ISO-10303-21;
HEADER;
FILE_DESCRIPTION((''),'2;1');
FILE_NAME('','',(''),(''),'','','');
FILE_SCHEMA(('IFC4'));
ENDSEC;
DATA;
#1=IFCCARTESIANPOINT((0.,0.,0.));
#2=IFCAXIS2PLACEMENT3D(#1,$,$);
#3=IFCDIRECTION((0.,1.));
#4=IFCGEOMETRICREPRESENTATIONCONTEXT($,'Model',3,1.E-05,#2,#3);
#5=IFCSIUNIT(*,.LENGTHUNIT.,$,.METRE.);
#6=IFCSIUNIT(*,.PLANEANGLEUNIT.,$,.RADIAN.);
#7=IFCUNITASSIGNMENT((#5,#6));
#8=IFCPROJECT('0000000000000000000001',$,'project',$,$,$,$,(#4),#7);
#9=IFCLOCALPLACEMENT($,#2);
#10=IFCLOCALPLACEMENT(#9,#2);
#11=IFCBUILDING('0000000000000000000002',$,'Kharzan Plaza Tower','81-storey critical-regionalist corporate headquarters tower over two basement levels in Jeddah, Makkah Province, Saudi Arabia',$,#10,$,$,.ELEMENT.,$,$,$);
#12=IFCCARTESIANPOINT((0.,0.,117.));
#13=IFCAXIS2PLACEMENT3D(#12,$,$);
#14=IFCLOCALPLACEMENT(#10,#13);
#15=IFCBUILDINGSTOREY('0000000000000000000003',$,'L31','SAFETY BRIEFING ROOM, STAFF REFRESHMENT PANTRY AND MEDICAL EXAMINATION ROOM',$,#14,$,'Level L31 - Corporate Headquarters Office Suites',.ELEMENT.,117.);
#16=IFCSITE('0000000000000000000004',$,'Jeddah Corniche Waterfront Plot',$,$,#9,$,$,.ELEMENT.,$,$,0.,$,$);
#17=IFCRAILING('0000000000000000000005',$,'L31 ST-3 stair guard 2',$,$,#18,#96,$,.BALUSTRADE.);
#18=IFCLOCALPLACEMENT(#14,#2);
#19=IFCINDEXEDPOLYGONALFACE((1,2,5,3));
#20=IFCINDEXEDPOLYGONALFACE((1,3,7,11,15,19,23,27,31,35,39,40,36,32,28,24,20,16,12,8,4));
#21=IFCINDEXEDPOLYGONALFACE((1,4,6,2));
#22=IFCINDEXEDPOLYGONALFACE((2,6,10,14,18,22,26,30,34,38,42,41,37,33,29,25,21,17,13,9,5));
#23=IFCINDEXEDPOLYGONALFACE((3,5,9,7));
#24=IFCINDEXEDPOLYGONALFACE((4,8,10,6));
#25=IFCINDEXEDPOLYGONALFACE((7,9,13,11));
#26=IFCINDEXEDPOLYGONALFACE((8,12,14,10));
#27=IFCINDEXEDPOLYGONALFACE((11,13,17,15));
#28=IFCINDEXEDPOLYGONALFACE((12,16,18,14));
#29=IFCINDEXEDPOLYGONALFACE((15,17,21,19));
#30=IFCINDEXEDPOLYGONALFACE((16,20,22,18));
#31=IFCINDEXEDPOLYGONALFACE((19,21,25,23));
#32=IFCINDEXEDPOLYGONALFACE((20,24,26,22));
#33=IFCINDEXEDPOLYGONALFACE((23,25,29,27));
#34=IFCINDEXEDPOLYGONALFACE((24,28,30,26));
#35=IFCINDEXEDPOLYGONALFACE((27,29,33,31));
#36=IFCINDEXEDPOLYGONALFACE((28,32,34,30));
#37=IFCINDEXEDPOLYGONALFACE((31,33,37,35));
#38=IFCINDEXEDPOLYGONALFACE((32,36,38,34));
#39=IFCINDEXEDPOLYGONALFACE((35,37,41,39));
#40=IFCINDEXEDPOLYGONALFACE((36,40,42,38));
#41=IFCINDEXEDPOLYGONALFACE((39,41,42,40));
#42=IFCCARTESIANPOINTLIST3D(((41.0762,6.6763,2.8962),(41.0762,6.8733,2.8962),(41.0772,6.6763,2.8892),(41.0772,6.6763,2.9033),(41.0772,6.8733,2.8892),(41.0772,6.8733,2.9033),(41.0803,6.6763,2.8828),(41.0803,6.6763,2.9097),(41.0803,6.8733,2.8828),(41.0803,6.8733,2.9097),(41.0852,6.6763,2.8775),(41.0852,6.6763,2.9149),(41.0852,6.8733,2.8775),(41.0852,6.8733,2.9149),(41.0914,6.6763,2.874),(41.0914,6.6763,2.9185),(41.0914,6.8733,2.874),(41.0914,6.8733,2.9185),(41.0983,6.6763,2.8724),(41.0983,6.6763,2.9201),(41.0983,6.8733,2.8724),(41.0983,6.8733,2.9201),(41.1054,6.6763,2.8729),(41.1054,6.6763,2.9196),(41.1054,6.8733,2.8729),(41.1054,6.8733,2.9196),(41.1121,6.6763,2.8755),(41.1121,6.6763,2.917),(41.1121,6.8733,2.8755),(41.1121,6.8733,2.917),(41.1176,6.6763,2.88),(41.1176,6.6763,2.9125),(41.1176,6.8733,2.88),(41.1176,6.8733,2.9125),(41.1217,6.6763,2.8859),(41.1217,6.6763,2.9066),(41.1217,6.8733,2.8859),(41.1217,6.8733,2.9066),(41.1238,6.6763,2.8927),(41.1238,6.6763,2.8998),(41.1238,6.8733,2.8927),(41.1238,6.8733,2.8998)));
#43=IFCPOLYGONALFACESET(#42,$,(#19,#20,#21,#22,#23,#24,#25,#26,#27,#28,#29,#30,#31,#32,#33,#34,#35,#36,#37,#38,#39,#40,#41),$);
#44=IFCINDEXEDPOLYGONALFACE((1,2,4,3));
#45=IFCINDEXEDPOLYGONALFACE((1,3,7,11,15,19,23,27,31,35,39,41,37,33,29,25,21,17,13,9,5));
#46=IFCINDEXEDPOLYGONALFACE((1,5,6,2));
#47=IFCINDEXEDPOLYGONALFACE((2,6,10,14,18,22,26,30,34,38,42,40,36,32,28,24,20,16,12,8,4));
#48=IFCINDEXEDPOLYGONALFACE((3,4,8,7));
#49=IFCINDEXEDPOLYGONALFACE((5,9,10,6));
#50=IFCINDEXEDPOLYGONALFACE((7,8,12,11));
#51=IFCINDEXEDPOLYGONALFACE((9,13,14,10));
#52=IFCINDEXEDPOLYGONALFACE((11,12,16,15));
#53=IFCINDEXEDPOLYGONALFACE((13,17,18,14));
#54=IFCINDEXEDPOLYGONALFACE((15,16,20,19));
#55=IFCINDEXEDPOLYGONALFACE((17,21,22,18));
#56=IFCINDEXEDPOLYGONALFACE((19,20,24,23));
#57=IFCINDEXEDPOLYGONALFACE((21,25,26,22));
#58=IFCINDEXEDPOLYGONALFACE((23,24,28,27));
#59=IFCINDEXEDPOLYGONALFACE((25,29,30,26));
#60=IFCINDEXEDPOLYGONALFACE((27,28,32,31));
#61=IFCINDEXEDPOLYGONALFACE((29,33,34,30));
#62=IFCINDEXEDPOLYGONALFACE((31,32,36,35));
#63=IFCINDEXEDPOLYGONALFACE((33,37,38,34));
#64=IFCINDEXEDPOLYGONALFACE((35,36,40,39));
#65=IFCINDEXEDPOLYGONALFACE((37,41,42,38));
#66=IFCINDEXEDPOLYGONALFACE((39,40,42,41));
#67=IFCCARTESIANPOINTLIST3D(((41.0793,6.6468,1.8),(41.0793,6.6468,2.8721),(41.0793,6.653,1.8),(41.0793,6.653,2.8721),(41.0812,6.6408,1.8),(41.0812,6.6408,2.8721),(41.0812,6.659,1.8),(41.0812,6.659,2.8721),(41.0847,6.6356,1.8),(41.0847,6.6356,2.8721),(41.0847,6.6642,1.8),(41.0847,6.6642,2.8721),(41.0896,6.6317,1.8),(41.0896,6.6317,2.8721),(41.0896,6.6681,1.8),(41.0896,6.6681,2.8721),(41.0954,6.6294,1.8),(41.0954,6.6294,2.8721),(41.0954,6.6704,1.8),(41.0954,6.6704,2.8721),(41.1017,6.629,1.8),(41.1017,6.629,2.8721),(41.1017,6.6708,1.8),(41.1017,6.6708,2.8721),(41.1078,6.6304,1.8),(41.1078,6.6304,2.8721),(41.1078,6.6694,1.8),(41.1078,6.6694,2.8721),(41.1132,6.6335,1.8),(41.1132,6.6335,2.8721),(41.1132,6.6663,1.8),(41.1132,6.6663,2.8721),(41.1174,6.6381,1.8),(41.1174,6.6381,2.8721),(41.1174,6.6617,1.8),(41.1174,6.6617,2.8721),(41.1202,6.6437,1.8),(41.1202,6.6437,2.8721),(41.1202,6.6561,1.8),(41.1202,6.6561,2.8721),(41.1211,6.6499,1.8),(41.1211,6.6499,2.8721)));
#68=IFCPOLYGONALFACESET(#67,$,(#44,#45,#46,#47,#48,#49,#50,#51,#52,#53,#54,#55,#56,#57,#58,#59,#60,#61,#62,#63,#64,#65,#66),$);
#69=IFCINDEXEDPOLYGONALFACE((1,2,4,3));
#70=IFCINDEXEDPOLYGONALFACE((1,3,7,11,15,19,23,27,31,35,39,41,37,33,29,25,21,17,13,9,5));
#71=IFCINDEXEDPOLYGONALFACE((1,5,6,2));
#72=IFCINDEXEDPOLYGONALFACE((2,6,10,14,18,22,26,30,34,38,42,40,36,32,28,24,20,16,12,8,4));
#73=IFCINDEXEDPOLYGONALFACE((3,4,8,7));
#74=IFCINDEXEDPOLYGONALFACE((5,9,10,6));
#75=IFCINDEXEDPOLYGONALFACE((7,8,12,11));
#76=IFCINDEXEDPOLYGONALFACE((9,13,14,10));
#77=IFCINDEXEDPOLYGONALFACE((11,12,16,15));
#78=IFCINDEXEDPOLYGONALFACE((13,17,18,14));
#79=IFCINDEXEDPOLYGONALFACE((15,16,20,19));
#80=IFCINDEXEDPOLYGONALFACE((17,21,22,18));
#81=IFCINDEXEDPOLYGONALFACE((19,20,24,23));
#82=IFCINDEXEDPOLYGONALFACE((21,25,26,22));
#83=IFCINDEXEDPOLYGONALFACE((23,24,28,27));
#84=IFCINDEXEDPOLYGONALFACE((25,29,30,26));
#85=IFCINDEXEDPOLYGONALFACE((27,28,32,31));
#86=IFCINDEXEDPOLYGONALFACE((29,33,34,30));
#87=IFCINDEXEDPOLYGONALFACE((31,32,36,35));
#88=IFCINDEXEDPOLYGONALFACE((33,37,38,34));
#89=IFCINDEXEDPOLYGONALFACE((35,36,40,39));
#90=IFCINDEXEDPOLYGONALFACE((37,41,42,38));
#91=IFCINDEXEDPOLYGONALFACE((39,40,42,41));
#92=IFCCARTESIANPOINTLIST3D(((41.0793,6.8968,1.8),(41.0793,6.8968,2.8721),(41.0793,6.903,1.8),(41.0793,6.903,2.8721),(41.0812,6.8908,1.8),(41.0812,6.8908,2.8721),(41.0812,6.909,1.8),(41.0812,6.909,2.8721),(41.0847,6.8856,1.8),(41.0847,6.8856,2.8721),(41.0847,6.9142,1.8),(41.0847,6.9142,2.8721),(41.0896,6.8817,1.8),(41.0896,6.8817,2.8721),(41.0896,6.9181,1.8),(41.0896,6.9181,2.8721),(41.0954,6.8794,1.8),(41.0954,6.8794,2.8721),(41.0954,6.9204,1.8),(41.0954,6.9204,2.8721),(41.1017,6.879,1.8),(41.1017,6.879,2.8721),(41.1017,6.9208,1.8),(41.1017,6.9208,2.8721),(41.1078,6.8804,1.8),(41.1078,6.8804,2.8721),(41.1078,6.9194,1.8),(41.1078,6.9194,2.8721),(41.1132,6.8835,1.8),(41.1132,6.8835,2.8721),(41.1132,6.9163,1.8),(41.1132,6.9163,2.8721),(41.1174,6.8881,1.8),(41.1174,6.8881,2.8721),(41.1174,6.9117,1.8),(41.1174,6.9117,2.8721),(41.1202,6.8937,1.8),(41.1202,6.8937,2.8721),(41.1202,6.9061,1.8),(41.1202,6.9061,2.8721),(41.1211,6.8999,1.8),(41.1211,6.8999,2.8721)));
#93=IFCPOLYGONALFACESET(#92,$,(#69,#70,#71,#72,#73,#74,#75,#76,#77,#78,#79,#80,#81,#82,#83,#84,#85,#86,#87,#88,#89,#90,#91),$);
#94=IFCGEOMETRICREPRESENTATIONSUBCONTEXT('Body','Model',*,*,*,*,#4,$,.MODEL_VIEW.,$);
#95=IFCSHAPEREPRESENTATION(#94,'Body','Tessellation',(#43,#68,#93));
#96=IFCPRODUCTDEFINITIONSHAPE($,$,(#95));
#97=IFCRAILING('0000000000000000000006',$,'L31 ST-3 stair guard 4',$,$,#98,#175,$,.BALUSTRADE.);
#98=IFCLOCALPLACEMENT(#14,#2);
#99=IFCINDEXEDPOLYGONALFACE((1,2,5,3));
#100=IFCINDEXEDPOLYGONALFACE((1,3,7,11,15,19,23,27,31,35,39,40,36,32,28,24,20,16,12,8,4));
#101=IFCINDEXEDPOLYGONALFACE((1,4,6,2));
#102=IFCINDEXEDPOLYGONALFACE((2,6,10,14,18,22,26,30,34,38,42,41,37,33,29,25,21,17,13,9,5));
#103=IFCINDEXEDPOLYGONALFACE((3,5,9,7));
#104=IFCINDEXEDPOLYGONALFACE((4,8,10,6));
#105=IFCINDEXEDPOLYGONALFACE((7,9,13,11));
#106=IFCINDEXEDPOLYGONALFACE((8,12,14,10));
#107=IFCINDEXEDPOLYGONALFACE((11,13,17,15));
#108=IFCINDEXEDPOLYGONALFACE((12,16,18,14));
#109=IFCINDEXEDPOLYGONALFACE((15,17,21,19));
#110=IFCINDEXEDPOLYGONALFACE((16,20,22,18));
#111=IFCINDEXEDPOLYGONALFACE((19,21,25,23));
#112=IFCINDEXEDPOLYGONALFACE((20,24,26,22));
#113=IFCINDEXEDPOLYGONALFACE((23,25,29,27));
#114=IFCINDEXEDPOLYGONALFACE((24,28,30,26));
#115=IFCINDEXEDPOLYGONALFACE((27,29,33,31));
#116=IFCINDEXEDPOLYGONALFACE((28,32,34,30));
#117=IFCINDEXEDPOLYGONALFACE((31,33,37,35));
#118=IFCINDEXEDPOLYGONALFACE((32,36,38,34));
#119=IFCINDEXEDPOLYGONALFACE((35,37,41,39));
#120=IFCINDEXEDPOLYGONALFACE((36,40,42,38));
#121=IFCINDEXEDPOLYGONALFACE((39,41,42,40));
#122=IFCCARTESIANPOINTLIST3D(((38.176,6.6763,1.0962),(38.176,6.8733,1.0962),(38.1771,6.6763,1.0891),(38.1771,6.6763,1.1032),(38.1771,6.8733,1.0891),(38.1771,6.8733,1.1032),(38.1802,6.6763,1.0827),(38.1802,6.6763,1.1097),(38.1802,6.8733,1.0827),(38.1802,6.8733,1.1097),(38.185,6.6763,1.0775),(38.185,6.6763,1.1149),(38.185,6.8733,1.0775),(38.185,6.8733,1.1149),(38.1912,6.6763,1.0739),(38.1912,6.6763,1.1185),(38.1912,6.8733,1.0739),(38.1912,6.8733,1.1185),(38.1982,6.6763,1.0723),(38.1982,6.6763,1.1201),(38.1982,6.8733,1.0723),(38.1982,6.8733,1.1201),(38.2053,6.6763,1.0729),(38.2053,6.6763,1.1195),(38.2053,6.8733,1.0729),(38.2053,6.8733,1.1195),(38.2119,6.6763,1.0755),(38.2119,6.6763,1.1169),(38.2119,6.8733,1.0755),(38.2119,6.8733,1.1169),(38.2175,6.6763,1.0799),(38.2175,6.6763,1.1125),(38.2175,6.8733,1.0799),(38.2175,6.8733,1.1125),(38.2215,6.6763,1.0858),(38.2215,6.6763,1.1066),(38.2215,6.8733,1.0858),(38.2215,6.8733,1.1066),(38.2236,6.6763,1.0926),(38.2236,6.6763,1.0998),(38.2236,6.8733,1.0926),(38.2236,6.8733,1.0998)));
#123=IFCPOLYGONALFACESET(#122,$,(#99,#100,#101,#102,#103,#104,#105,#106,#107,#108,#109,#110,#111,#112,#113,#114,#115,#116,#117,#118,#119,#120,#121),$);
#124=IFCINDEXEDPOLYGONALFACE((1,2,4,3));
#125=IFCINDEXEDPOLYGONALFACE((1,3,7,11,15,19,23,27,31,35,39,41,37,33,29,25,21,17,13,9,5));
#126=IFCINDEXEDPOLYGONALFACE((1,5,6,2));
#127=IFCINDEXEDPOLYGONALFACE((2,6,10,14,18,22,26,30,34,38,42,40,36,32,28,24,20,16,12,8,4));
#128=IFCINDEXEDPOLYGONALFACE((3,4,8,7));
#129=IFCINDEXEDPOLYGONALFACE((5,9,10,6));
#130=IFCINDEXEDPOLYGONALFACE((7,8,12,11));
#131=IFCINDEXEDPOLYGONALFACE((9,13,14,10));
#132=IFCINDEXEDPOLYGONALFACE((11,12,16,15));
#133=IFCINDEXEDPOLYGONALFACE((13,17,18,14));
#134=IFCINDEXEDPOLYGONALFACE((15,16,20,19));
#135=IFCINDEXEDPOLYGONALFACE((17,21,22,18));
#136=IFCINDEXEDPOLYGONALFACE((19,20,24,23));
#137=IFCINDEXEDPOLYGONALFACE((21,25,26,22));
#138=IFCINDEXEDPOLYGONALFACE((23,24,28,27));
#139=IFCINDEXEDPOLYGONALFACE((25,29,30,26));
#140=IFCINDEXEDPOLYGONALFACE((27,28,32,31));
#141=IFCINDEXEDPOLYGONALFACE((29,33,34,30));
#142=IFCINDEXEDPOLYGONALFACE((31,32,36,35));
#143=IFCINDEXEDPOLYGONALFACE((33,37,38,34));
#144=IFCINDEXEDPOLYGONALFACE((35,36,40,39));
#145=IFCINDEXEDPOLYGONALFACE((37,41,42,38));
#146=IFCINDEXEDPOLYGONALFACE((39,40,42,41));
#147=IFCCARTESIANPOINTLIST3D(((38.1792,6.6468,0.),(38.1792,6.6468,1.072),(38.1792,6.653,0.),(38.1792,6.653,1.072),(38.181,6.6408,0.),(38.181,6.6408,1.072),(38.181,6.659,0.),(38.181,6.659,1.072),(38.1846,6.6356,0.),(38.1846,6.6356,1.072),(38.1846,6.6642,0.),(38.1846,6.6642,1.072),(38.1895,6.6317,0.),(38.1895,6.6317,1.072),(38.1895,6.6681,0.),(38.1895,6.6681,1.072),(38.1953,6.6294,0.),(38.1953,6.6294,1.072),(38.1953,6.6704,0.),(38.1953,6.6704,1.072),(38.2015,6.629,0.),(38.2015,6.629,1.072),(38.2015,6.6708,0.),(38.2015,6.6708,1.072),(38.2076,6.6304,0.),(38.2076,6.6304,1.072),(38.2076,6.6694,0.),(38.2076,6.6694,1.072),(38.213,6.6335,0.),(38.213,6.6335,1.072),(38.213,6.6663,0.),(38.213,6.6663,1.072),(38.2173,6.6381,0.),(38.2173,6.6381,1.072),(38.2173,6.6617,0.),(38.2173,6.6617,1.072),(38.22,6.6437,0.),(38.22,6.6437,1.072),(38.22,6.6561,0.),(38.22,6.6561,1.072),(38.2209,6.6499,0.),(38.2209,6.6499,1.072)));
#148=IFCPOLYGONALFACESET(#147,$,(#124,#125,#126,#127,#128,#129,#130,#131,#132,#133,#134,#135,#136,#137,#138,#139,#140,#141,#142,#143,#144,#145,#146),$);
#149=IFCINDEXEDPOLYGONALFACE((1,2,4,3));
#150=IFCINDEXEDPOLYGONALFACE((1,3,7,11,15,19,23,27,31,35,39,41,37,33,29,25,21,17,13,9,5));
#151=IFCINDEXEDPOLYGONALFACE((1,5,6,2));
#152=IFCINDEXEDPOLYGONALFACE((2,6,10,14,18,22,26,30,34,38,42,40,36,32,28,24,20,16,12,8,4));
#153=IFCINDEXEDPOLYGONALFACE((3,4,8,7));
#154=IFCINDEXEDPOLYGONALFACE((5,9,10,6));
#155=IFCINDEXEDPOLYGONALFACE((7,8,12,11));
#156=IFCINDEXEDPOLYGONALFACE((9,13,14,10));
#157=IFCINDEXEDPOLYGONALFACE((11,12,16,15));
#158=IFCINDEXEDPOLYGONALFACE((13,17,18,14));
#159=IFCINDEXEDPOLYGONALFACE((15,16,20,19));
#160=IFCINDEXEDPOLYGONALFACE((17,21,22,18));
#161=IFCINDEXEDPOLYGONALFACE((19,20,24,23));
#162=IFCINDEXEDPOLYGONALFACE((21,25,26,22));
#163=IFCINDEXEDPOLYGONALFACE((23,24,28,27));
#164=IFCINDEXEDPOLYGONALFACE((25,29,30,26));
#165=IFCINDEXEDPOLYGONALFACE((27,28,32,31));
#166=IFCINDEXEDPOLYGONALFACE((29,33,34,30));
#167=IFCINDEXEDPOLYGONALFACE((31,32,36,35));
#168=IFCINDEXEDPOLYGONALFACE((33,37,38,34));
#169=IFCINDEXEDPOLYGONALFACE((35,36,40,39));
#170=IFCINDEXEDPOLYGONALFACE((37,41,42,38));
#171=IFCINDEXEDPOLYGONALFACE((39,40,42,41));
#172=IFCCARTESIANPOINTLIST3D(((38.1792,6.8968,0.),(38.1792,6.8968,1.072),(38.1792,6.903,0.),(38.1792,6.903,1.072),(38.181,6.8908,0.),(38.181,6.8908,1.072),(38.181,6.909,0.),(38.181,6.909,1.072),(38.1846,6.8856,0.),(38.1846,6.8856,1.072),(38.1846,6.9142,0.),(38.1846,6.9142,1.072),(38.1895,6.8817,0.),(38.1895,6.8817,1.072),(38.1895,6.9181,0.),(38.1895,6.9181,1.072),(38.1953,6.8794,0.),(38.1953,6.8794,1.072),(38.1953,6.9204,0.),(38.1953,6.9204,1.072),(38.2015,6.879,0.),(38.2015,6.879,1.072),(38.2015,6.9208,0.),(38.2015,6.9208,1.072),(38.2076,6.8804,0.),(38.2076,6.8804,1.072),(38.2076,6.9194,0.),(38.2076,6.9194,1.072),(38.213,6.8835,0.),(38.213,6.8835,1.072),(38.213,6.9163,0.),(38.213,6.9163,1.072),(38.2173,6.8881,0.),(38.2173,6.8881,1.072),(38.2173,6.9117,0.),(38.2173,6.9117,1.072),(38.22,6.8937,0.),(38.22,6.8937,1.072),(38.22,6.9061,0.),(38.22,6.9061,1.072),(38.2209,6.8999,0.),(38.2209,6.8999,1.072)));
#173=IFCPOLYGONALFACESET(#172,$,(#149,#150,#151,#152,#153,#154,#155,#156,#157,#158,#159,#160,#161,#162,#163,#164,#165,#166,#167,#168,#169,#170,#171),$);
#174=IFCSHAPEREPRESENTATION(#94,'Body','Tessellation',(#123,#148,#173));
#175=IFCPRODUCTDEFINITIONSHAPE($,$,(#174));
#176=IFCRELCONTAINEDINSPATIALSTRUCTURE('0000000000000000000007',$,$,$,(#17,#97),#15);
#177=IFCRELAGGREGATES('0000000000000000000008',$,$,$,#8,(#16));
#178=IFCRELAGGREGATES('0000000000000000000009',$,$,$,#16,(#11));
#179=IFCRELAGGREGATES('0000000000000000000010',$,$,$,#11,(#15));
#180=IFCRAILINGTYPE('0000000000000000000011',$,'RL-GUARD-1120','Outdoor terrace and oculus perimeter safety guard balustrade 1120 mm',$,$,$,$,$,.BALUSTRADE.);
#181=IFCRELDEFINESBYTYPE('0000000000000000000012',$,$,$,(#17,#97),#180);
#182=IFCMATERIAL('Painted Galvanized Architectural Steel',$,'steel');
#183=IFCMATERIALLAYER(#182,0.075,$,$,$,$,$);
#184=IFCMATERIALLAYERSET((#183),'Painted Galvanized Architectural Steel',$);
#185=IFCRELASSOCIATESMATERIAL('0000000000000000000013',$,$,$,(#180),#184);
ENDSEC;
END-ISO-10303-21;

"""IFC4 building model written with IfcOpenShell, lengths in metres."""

from ifc_helpers import new_model, si_unit, direction, frame, origin, origin_2d, place, context, subcontext, project, spatial, circle, extrude, source, transform, mapped, material, layer, layer_set, type_object, element, save


model = new_model("IFC4")

# Units and contexts
model_context = context("Model", 3, precision=1e-05, world=origin(), true_north=direction((0.0, 1.0)))
body_context = subcontext(model_context, "Body", "Model", "MODEL_VIEW")
ifc_project = project(units=[si_unit("LENGTHUNIT", "METRE"), si_unit("PLANEANGLEUNIT", "RADIAN")], contexts=[model_context])

# Site, building, storey
site_placement = place(None, origin())
site = spatial("IfcSite", under=ifc_project, at=site_placement, Name="Jeddah Corniche Waterfront Plot", CompositionType="ELEMENT", RefElevation=0.0)
building_placement = place(site_placement, origin())
building = spatial("IfcBuilding", under=site, at=building_placement, Name="Kharzan Plaza Tower", Description="81-storey critical-regionalist corporate headquarters tower over two basement levels in Jeddah, Makkah Province, Saudi Arabia", CompositionType="ELEMENT")
storey_placement = place(building_placement, frame((0.0, 0.0, 117.0)))
storey = spatial("IfcBuildingStorey", under=building, at=storey_placement, Name="L31", Description="SAFETY BRIEFING ROOM, STAFF REFRESHMENT PANTRY AND MEDICAL EXAMINATION ROOM", LongName="Level L31 - Corporate Headquarters Office Suites", CompositionType="ELEMENT", Elevation=117.0)

# Railings
ifc_material_1 = material(Name="Painted Galvanized Architectural Steel", Category="steel")
ifc_layer_1 = layer(ifc_material_1, 0.075)
ifc_layer_set_1 = layer_set([ifc_layer_1], Name="Painted Galvanized Architectural Steel")
railing_type_1 = type_object("IfcRailingType", Name="RL-GUARD-1120", Description="Outdoor terrace and oculus perimeter safety guard balustrade 1120 mm", PredefinedType="BALUSTRADE", material=ifc_layer_set_1)
shared_shape_1 = source(origin(), body_context, "Body", "SweptSolid", [
    extrude(circle(Radius=0.0239, at=origin_2d()), frame((0.0, 0.0264, 1.0962), z_axis=(0.0, 1.0, 0.0), x_axis=(-1.0, 0.0, 0.0)), (0.0, 0.0, 1.0), 0.197),
    extrude(circle(Radius=0.021, at=origin_2d()), origin(), (0.0, 0.0, 1.0), 1.072),
    extrude(circle(Radius=0.021, at=origin_2d()), frame((0.0, 0.25, 0.0)), (0.0, 0.0, 1.0), 1.072),
])
for number, where, name in (
    (1, (41.1001, 6.6499, 1.8), "L31 ST-3 stair guard 2"),
    (2, (38.2, 6.6499, 0.0), "L31 ST-3 stair guard 4"),
):
    element("IfcRailing", number, at=place(storey_placement, frame(where)), inside=storey, type_object=railing_type_1, Name=name, PredefinedType="BALUSTRADE", context=body_context, shape_type="MappedRepresentation", body=[
        mapped(shared_shape_1, transform((0.0, 0.0, 0.0), x_axis=(1.0, 0.0, 0.0), y_axis=(0.0, 1.0, 0.0), z_axis=(0.0, 0.0, 1.0))),
    ])

save(model, "model.ifc")
